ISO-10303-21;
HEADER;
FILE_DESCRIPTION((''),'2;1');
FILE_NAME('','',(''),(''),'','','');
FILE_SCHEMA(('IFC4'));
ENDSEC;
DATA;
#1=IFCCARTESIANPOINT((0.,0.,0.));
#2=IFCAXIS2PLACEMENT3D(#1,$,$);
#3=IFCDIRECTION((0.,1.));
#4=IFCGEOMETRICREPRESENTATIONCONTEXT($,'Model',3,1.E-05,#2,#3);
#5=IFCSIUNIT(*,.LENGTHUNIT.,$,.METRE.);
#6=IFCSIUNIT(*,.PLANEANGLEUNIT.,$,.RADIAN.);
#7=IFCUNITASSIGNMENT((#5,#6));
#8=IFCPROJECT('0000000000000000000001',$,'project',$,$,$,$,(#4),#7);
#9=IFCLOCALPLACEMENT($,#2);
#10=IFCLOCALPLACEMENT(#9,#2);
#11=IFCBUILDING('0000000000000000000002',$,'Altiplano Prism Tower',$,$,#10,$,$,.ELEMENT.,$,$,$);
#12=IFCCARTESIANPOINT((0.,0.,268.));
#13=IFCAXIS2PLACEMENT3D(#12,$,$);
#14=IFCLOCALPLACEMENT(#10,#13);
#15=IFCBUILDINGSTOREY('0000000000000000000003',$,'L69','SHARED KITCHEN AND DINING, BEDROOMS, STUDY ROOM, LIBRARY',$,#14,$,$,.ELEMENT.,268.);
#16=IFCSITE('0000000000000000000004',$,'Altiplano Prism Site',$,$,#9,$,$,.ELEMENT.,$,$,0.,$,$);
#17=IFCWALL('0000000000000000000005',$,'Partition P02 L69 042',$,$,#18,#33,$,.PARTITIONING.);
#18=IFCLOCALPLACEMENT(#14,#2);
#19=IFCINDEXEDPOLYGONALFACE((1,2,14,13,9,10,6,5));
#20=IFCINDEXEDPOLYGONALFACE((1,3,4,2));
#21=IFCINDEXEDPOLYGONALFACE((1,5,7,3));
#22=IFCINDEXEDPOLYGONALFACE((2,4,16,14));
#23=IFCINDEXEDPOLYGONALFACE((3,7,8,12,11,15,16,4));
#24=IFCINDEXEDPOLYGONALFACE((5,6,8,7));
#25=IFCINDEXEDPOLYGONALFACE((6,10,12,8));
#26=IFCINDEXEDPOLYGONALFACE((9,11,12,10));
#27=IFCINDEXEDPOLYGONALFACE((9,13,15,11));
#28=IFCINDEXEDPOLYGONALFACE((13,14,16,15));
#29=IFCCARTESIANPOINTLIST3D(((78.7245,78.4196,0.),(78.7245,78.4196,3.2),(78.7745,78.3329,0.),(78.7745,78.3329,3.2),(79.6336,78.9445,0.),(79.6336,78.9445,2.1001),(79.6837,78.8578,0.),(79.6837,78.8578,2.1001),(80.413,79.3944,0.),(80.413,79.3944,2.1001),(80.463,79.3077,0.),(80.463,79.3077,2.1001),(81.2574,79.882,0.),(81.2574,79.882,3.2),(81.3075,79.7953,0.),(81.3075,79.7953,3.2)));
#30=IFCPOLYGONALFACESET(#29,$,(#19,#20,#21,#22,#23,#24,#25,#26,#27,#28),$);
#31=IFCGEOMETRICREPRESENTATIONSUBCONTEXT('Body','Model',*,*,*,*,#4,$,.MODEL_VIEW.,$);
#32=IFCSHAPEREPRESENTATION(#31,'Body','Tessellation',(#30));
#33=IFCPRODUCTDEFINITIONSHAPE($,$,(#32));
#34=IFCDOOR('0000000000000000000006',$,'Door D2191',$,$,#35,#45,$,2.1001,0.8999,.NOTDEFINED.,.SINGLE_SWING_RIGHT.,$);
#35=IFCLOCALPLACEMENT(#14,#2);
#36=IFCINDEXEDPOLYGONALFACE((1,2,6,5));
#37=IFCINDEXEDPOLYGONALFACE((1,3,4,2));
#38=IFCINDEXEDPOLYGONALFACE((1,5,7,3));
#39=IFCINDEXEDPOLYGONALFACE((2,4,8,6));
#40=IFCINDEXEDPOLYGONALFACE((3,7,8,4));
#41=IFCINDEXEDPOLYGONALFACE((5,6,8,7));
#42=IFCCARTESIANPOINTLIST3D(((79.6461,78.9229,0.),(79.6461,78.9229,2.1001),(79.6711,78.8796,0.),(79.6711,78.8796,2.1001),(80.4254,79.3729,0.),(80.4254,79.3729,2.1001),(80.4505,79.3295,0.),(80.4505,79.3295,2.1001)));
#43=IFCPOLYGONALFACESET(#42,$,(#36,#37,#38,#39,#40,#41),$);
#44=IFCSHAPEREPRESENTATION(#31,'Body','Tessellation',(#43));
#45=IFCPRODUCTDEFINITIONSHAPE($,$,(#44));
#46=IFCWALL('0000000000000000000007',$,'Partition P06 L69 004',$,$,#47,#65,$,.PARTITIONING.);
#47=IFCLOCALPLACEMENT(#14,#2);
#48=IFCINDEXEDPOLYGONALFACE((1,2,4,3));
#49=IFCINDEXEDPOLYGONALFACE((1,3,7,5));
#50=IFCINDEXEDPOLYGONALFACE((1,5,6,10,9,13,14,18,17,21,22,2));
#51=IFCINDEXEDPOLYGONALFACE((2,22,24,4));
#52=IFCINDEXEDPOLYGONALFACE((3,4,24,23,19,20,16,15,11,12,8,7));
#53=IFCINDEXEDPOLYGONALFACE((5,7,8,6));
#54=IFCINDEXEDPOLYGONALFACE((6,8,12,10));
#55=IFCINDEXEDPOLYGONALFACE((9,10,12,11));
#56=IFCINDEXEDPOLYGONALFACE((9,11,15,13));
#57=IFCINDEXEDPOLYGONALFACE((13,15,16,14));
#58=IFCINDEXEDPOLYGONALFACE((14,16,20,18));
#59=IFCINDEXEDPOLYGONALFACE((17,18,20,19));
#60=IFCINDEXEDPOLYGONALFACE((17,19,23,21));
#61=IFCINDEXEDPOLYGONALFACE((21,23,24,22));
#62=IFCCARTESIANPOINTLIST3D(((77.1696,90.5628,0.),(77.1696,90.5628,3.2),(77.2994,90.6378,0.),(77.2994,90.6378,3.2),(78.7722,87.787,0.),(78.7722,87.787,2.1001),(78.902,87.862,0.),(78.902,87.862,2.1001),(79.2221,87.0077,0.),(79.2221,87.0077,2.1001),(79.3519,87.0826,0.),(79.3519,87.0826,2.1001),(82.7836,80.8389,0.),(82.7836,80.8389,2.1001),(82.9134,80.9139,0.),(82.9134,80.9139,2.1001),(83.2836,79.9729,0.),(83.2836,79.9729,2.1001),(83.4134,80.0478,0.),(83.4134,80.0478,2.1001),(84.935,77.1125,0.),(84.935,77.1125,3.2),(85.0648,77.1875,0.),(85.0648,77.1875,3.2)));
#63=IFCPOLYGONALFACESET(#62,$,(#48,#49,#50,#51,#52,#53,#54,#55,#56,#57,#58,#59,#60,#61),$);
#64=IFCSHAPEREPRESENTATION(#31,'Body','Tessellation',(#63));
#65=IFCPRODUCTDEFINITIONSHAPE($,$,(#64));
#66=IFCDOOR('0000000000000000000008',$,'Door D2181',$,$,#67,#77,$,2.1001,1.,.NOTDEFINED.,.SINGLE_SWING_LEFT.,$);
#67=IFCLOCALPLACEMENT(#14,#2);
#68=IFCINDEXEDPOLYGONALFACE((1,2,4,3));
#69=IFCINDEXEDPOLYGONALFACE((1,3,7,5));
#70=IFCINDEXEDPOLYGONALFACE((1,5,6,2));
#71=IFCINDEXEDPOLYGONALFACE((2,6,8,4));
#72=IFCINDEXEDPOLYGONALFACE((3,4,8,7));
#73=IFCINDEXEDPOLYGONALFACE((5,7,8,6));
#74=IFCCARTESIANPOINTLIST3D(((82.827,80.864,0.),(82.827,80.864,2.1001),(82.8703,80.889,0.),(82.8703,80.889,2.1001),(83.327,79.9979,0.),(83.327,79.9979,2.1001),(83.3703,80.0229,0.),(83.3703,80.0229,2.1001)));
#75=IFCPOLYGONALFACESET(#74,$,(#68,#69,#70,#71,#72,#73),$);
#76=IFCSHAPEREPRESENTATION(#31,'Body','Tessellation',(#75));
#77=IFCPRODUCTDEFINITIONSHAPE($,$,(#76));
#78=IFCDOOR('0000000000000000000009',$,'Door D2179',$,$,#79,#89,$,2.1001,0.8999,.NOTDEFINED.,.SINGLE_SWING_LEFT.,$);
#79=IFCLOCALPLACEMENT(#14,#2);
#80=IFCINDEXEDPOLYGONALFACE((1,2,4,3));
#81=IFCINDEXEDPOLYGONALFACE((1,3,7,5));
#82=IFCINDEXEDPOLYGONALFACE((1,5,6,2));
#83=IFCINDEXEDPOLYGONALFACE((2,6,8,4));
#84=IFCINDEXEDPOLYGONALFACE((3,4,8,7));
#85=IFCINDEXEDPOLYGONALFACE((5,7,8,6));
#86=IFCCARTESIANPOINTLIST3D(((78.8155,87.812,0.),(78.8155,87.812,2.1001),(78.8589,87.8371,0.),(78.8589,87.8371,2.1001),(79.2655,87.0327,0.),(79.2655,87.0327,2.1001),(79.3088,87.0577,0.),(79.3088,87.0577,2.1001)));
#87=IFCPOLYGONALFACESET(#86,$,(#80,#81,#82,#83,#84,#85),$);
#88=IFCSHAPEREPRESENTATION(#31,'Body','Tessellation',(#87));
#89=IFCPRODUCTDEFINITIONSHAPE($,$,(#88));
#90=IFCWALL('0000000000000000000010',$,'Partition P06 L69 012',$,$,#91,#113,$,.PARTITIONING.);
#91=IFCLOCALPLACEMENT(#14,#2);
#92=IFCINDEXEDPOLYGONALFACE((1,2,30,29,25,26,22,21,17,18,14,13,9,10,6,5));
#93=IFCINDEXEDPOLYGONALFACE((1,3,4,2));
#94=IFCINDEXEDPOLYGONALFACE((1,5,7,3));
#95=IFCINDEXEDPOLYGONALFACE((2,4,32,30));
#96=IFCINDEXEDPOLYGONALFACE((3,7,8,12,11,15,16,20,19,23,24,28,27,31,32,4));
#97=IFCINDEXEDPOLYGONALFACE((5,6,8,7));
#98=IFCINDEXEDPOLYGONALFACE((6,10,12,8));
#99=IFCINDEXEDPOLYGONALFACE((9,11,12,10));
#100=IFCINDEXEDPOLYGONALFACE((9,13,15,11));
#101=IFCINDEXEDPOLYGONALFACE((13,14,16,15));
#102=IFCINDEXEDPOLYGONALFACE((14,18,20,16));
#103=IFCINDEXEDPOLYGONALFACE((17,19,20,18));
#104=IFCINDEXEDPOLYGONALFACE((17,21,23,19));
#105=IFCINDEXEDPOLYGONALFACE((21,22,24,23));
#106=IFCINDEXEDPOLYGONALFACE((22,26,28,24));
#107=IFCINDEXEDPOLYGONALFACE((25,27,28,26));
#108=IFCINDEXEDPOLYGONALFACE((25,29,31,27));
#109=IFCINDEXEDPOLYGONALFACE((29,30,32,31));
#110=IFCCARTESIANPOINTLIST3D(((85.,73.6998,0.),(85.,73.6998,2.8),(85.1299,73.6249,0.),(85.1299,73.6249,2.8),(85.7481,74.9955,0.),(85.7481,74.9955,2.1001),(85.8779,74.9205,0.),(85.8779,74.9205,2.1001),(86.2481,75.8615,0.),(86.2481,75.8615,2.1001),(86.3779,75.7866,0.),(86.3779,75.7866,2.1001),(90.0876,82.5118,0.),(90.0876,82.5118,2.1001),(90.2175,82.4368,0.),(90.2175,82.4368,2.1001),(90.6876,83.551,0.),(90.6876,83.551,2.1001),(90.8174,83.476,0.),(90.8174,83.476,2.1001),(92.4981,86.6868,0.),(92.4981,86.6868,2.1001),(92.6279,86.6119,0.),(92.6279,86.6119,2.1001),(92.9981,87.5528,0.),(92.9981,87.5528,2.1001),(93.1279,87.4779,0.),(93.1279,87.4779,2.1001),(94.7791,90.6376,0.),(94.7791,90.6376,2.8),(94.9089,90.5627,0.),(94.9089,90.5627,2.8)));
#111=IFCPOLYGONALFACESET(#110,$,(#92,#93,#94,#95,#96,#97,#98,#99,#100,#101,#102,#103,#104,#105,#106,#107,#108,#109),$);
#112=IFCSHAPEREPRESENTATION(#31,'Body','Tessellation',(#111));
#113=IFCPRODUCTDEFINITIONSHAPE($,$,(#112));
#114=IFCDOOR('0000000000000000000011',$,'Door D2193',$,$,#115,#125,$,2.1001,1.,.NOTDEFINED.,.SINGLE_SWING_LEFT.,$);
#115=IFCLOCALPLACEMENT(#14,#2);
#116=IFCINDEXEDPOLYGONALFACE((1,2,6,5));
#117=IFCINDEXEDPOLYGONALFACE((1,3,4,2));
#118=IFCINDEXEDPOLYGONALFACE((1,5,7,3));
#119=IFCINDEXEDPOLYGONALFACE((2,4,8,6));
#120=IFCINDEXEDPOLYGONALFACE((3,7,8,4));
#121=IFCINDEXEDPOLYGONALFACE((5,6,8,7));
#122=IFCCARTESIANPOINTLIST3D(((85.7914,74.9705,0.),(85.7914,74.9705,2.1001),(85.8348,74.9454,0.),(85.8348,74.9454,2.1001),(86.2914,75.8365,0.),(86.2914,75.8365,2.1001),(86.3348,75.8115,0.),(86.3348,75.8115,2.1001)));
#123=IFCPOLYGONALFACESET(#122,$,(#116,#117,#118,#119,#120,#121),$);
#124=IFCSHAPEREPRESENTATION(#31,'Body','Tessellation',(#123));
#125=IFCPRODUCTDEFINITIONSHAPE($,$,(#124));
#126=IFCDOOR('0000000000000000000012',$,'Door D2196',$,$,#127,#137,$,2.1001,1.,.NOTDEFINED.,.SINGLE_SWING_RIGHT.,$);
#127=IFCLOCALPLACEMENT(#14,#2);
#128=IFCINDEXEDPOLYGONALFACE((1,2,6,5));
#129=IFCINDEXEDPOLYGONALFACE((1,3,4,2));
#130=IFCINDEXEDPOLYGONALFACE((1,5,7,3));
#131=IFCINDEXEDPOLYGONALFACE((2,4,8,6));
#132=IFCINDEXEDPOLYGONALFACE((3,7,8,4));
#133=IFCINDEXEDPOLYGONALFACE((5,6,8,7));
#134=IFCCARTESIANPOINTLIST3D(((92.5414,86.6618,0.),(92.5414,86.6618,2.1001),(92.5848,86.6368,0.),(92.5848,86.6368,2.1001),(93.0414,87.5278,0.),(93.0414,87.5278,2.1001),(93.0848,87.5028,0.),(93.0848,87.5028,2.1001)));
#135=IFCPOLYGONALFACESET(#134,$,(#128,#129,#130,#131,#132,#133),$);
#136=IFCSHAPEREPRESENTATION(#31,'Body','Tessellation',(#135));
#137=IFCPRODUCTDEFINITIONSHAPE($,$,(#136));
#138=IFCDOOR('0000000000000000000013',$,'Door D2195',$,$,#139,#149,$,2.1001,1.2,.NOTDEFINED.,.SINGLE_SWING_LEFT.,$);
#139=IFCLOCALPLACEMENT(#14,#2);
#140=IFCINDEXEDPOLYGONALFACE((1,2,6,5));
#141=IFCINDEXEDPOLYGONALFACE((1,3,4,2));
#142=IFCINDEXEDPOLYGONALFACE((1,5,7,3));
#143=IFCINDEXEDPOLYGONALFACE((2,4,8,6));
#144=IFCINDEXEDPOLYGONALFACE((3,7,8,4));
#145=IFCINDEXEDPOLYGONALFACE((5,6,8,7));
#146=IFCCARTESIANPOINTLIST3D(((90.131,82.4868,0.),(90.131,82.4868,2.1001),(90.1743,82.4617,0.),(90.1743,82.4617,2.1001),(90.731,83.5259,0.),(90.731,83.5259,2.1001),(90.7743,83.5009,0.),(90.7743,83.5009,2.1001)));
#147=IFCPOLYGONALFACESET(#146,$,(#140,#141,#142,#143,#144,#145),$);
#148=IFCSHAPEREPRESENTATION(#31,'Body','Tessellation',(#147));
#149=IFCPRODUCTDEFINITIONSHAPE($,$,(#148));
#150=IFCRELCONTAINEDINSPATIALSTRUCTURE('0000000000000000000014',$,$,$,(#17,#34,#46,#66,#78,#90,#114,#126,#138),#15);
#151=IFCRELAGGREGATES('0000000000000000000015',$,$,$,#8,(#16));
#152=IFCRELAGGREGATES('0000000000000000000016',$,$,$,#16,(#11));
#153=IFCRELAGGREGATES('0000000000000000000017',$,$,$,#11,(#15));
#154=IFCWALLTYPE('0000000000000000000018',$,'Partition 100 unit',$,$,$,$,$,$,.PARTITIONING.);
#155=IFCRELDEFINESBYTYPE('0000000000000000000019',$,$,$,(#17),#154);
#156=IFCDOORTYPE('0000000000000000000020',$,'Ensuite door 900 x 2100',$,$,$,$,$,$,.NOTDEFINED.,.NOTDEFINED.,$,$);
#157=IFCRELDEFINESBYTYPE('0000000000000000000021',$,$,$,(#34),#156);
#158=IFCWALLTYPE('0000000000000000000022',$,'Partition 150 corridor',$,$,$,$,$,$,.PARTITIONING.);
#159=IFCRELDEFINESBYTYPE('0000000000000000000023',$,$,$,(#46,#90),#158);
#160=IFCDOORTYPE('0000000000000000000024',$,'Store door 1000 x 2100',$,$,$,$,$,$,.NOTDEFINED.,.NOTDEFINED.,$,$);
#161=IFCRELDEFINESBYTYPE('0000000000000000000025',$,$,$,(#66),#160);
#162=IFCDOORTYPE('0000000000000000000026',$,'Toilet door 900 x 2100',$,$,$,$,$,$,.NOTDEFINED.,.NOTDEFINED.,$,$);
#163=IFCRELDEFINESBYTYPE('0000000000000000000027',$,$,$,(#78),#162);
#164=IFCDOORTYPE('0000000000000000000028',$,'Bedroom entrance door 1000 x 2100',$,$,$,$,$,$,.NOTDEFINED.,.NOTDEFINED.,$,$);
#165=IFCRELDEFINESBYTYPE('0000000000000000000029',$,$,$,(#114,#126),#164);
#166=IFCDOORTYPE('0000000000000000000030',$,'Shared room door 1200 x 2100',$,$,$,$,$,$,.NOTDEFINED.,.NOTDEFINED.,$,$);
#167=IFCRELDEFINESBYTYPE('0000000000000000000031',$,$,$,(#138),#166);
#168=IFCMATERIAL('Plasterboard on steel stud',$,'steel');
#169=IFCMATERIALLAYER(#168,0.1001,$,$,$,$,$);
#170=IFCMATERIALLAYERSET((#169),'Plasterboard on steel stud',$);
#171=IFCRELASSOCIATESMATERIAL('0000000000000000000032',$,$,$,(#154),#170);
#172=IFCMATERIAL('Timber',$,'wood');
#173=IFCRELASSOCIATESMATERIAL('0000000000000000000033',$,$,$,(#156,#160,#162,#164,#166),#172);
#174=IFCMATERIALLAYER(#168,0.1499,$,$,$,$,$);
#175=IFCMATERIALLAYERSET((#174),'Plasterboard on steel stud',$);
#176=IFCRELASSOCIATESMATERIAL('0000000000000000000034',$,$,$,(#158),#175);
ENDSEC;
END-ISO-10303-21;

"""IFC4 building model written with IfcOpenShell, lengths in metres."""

from ifc_helpers import new_model, si_unit, direction, frame, frame_2d, origin, place, context, subcontext, project, spatial, rectangle, extrude, material, layer, layer_set, type_object, element, fill, save


model = new_model("IFC4")

# Units and contexts
model_context = context("Model", 3, precision=1e-05, world=origin(), true_north=direction((0.0, 1.0)))
body_context = subcontext(model_context, "Body", "Model", "MODEL_VIEW")
ifc_project = project(units=[si_unit("LENGTHUNIT", "METRE"), si_unit("PLANEANGLEUNIT", "RADIAN")], contexts=[model_context])

# Site, building, storey
site_placement = place(None, origin())
site = spatial("IfcSite", under=ifc_project, at=site_placement, Name="Altiplano Prism Site", CompositionType="ELEMENT", RefElevation=0.0)
building_placement = place(site_placement, origin())
building = spatial("IfcBuilding", under=site, at=building_placement, Name="Altiplano Prism Tower", CompositionType="ELEMENT")
storey_placement = place(building_placement, frame((0.0, 0.0, 268.0)))
storey = spatial("IfcBuildingStorey", under=building, at=storey_placement, Name="L69", Description="SHARED KITCHEN AND DINING, BEDROOMS, STUDY ROOM, LIBRARY", CompositionType="ELEMENT", Elevation=268.0)

# Wall, opening, door
ifc_material_1 = material(Name="Plasterboard on steel stud", Category="steel")
ifc_layer_1 = layer(ifc_material_1, 0.1001)
ifc_layer_set_1 = layer_set([ifc_layer_1], Name="Plasterboard on steel stud")
wall_type_1 = type_object("IfcWallType", Name="Partition 100 unit", PredefinedType="PARTITIONING", material=ifc_layer_set_1)
wall_1_placement = place(storey_placement, frame((81.2825, 79.8386, 0.0), z_axis=(0.0, 0.0, 1.0), x_axis=(-0.866026, -0.499999, 0.0)))
wall_1 = element("IfcWall", 1, at=wall_1_placement, inside=storey, type_object=wall_type_1, Name="Partition P02 L69 042", PredefinedType="PARTITIONING", context=body_context, shape_type="SweptSolid", body=[
    extrude(rectangle(XDim=2.9248, YDim=0.1001, at=frame_2d((1.4624, 0.0))), origin(), (0.0, 0.0, 1.0), 3.2),
])
opening_1_placement = place(wall_1_placement, frame((0.9751, 0.0, 0.0)))
opening_1 = element("IfcOpeningElement", 2, at=opening_1_placement, cuts=wall_1, PredefinedType="OPENING", context=body_context, shape_type="SweptSolid", body=[
    extrude(rectangle(XDim=0.8999, YDim=2.1001, at=frame_2d((0.45, 1.05))), frame((0.0, 0.0605, 0.0), z_axis=(0.0, -1.0, 0.0), x_axis=(1.0, 0.0, 0.0)), (0.0, 0.0, 1.0), 0.1211),
])
ifc_material_2 = material(Name="Timber", Category="wood")
door_type_1 = type_object("IfcDoorType", Name="Ensuite door 900 x 2100", OperationType="NOTDEFINED", PredefinedType="NOTDEFINED", material=ifc_material_2)
door_1_placement = place(opening_1_placement, origin())
door_1 = element("IfcDoor", 3, at=door_1_placement, inside=storey, type_object=door_type_1, Name="Door D2191", OperationType="SINGLE_SWING_RIGHT", OverallHeight=2.1001, OverallWidth=0.8999, PredefinedType="NOTDEFINED", context=body_context, shape_type="SweptSolid", body=[
    extrude(rectangle(XDim=0.8999, YDim=2.1001, at=frame_2d((0.45, 1.05))), frame((0.0, 0.0249, 0.0), z_axis=(0.0, -1.0, 0.0), x_axis=(1.0, 0.0, 0.0)), (0.0, 0.0, 1.0), 0.05),
])
fill(opening_1, door_1)

# Walls, openings, doors
ifc_layer_2 = layer(ifc_material_1, 0.1499)
ifc_layer_set_2 = layer_set([ifc_layer_2], Name="Plasterboard on steel stud")
wall_type_2 = type_object("IfcWallType", Name="Partition 150 corridor", PredefinedType="PARTITIONING", material=ifc_layer_set_2)
wall_2_placement = place(storey_placement, frame((85.0, 77.1499, 0.0), z_axis=(0.0, 0.0, 1.0), x_axis=(-0.499996, 0.866028, 0.0)))
wall_2 = element("IfcWall", 4, at=wall_2_placement, inside=storey, type_object=wall_type_2, Name="Partition P06 L69 004", PredefinedType="PARTITIONING", context=body_context, shape_type="SweptSolid", body=[
    extrude(rectangle(XDim=15.531, YDim=0.1499, at=frame_2d((7.7656, 0.0))), origin(), (0.0, 0.0, 1.0), 3.2),
])
opening_2_placement = place(wall_2_placement, frame((11.426, 0.0, 0.0)))
opening_2 = element("IfcOpeningElement", 5, at=opening_2_placement, cuts=wall_2, PredefinedType="OPENING", context=body_context, shape_type="SweptSolid", body=[
    extrude(rectangle(XDim=0.8999, YDim=2.1001, at=frame_2d((0.45, 1.05))), frame((0.0, 0.0854, 0.0), z_axis=(0.0, -1.0, 0.0), x_axis=(1.0, 0.0, 0.0)), (0.0, 0.0, 1.0), 0.1709),
])
opening_3_placement = place(wall_2_placement, frame((3.303, 0.0, 0.0)))
opening_3 = element("IfcOpeningElement", 6, at=opening_3_placement, cuts=wall_2, PredefinedType="OPENING", context=body_context, shape_type="SweptSolid", body=[
    extrude(rectangle(XDim=1.0, YDim=2.1001, at=frame_2d((0.5, 1.05))), frame((0.0, 0.0854, 0.0), z_axis=(0.0, -1.0, 0.0), x_axis=(1.0, 0.0, 0.0)), (0.0, 0.0, 1.0), 0.1709),
])
door_type_2 = type_object("IfcDoorType", Name="Store door 1000 x 2100", OperationType="NOTDEFINED", PredefinedType="NOTDEFINED", material=ifc_material_2)
door_2_placement = place(opening_3_placement, origin())
door_2 = element("IfcDoor", 7, at=door_2_placement, inside=storey, type_object=door_type_2, Name="Door D2181", OperationType="SINGLE_SWING_LEFT", OverallHeight=2.1001, OverallWidth=1.0, PredefinedType="NOTDEFINED", context=body_context, shape_type="SweptSolid", body=[
    extrude(rectangle(XDim=1.0, YDim=2.1001, at=frame_2d((0.5, 1.05))), frame((0.0, 0.0249, 0.0), z_axis=(0.0, -1.0, 0.0), x_axis=(1.0, 0.0, 0.0)), (0.0, 0.0, 1.0), 0.05),
])
fill(opening_3, door_2)
door_type_3 = type_object("IfcDoorType", Name="Toilet door 900 x 2100", OperationType="NOTDEFINED", PredefinedType="NOTDEFINED", material=ifc_material_2)
door_3_placement = place(opening_2_placement, origin())
door_3 = element("IfcDoor", 8, at=door_3_placement, inside=storey, type_object=door_type_3, Name="Door D2179", OperationType="SINGLE_SWING_LEFT", OverallHeight=2.1001, OverallWidth=0.8999, PredefinedType="NOTDEFINED", context=body_context, shape_type="SweptSolid", body=[
    extrude(rectangle(XDim=0.8999, YDim=2.1001, at=frame_2d((0.45, 1.05))), frame((0.0, 0.0249, 0.0), z_axis=(0.0, -1.0, 0.0), x_axis=(1.0, 0.0, 0.0)), (0.0, 0.0, 1.0), 0.05),
])
fill(opening_2, door_3)
wall_3_placement = place(storey_placement, frame((85.0649, 73.6624, 0.0), z_axis=(0.0, 0.0, 1.0), x_axis=(0.500002, 0.866024, 0.0)))
wall_3 = element("IfcWall", 9, at=wall_3_placement, inside=storey, type_object=wall_type_2, Name="Partition P06 L69 012", PredefinedType="PARTITIONING", context=body_context, shape_type="SweptSolid", body=[
    extrude(rectangle(XDim=19.5581, YDim=0.1499, at=frame_2d((9.7791, 0.0))), origin(), (0.0, 0.0, 1.0), 2.8),
])
opening_4_placement = place(wall_3_placement, frame((1.4961, 0.0, 0.0)))
opening_4 = element("IfcOpeningElement", 10, at=opening_4_placement, cuts=wall_3, PredefinedType="OPENING", context=body_context, shape_type="SweptSolid", body=[
    extrude(rectangle(XDim=1.0, YDim=2.1001, at=frame_2d((0.5, 1.05))), frame((0.0, 0.0854, 0.0), z_axis=(0.0, -1.0, 0.0), x_axis=(1.0, 0.0, 0.0)), (0.0, 0.0, 1.0), 0.1709),
])
opening_5_placement = place(wall_3_placement, frame((10.175, 0.0, 0.0)))
opening_5 = element("IfcOpeningElement", 11, at=opening_5_placement, cuts=wall_3, PredefinedType="OPENING", context=body_context, shape_type="SweptSolid", body=[
    extrude(rectangle(XDim=1.2, YDim=2.1001, at=frame_2d((0.6001, 1.05))), frame((0.0, 0.0854, 0.0), z_axis=(0.0, -1.0, 0.0), x_axis=(1.0, 0.0, 0.0)), (0.0, 0.0, 1.0), 0.1709),
])
opening_6_placement = place(wall_3_placement, frame((14.9961, 0.0, 0.0)))
opening_6 = element("IfcOpeningElement", 12, at=opening_6_placement, cuts=wall_3, PredefinedType="OPENING", context=body_context, shape_type="SweptSolid", body=[
    extrude(rectangle(XDim=1.0, YDim=2.1001, at=frame_2d((0.5, 1.05))), frame((0.0, 0.0854, 0.0), z_axis=(0.0, -1.0, 0.0), x_axis=(1.0, 0.0, 0.0)), (0.0, 0.0, 1.0), 0.1709),
])
door_type_4 = type_object("IfcDoorType", Name="Bedroom entrance door 1000 x 2100", OperationType="NOTDEFINED", PredefinedType="NOTDEFINED", material=ifc_material_2)
door_4_placement = place(opening_4_placement, origin())
door_4 = element("IfcDoor", 13, at=door_4_placement, inside=storey, type_object=door_type_4, Name="Door D2193", OperationType="SINGLE_SWING_LEFT", OverallHeight=2.1001, OverallWidth=1.0, PredefinedType="NOTDEFINED", context=body_context, shape_type="SweptSolid", body=[
    extrude(rectangle(XDim=1.0, YDim=2.1001, at=frame_2d((0.5, 1.05))), frame((0.0, 0.0249, 0.0), z_axis=(0.0, -1.0, 0.0), x_axis=(1.0, 0.0, 0.0)), (0.0, 0.0, 1.0), 0.05),
])
fill(opening_4, door_4)
door_5_placement = place(opening_6_placement, origin())
door_5 = element("IfcDoor", 14, at=door_5_placement, inside=storey, type_object=door_type_4, Name="Door D2196", OperationType="SINGLE_SWING_RIGHT", OverallHeight=2.1001, OverallWidth=1.0, PredefinedType="NOTDEFINED", context=body_context, shape_type="SweptSolid", body=[
    extrude(rectangle(XDim=1.0, YDim=2.1001, at=frame_2d((0.5, 1.05))), frame((0.0, 0.0249, 0.0), z_axis=(0.0, -1.0, 0.0), x_axis=(1.0, 0.0, 0.0)), (0.0, 0.0, 1.0), 0.05),
])
fill(opening_6, door_5)
door_type_5 = type_object("IfcDoorType", Name="Shared room door 1200 x 2100", OperationType="NOTDEFINED", PredefinedType="NOTDEFINED", material=ifc_material_2)
door_6_placement = place(opening_5_placement, origin())
door_6 = element("IfcDoor", 15, at=door_6_placement, inside=storey, type_object=door_type_5, Name="Door D2195", OperationType="SINGLE_SWING_LEFT", OverallHeight=2.1001, OverallWidth=1.2, PredefinedType="NOTDEFINED", context=body_context, shape_type="SweptSolid", body=[
    extrude(rectangle(XDim=1.2, YDim=2.1001, at=frame_2d((0.6001, 1.05))), frame((0.0, 0.0249, 0.0), z_axis=(0.0, -1.0, 0.0), x_axis=(1.0, 0.0, 0.0)), (0.0, 0.0, 1.0), 0.05),
])
fill(opening_5, door_6)

save(model, "model.ifc")
